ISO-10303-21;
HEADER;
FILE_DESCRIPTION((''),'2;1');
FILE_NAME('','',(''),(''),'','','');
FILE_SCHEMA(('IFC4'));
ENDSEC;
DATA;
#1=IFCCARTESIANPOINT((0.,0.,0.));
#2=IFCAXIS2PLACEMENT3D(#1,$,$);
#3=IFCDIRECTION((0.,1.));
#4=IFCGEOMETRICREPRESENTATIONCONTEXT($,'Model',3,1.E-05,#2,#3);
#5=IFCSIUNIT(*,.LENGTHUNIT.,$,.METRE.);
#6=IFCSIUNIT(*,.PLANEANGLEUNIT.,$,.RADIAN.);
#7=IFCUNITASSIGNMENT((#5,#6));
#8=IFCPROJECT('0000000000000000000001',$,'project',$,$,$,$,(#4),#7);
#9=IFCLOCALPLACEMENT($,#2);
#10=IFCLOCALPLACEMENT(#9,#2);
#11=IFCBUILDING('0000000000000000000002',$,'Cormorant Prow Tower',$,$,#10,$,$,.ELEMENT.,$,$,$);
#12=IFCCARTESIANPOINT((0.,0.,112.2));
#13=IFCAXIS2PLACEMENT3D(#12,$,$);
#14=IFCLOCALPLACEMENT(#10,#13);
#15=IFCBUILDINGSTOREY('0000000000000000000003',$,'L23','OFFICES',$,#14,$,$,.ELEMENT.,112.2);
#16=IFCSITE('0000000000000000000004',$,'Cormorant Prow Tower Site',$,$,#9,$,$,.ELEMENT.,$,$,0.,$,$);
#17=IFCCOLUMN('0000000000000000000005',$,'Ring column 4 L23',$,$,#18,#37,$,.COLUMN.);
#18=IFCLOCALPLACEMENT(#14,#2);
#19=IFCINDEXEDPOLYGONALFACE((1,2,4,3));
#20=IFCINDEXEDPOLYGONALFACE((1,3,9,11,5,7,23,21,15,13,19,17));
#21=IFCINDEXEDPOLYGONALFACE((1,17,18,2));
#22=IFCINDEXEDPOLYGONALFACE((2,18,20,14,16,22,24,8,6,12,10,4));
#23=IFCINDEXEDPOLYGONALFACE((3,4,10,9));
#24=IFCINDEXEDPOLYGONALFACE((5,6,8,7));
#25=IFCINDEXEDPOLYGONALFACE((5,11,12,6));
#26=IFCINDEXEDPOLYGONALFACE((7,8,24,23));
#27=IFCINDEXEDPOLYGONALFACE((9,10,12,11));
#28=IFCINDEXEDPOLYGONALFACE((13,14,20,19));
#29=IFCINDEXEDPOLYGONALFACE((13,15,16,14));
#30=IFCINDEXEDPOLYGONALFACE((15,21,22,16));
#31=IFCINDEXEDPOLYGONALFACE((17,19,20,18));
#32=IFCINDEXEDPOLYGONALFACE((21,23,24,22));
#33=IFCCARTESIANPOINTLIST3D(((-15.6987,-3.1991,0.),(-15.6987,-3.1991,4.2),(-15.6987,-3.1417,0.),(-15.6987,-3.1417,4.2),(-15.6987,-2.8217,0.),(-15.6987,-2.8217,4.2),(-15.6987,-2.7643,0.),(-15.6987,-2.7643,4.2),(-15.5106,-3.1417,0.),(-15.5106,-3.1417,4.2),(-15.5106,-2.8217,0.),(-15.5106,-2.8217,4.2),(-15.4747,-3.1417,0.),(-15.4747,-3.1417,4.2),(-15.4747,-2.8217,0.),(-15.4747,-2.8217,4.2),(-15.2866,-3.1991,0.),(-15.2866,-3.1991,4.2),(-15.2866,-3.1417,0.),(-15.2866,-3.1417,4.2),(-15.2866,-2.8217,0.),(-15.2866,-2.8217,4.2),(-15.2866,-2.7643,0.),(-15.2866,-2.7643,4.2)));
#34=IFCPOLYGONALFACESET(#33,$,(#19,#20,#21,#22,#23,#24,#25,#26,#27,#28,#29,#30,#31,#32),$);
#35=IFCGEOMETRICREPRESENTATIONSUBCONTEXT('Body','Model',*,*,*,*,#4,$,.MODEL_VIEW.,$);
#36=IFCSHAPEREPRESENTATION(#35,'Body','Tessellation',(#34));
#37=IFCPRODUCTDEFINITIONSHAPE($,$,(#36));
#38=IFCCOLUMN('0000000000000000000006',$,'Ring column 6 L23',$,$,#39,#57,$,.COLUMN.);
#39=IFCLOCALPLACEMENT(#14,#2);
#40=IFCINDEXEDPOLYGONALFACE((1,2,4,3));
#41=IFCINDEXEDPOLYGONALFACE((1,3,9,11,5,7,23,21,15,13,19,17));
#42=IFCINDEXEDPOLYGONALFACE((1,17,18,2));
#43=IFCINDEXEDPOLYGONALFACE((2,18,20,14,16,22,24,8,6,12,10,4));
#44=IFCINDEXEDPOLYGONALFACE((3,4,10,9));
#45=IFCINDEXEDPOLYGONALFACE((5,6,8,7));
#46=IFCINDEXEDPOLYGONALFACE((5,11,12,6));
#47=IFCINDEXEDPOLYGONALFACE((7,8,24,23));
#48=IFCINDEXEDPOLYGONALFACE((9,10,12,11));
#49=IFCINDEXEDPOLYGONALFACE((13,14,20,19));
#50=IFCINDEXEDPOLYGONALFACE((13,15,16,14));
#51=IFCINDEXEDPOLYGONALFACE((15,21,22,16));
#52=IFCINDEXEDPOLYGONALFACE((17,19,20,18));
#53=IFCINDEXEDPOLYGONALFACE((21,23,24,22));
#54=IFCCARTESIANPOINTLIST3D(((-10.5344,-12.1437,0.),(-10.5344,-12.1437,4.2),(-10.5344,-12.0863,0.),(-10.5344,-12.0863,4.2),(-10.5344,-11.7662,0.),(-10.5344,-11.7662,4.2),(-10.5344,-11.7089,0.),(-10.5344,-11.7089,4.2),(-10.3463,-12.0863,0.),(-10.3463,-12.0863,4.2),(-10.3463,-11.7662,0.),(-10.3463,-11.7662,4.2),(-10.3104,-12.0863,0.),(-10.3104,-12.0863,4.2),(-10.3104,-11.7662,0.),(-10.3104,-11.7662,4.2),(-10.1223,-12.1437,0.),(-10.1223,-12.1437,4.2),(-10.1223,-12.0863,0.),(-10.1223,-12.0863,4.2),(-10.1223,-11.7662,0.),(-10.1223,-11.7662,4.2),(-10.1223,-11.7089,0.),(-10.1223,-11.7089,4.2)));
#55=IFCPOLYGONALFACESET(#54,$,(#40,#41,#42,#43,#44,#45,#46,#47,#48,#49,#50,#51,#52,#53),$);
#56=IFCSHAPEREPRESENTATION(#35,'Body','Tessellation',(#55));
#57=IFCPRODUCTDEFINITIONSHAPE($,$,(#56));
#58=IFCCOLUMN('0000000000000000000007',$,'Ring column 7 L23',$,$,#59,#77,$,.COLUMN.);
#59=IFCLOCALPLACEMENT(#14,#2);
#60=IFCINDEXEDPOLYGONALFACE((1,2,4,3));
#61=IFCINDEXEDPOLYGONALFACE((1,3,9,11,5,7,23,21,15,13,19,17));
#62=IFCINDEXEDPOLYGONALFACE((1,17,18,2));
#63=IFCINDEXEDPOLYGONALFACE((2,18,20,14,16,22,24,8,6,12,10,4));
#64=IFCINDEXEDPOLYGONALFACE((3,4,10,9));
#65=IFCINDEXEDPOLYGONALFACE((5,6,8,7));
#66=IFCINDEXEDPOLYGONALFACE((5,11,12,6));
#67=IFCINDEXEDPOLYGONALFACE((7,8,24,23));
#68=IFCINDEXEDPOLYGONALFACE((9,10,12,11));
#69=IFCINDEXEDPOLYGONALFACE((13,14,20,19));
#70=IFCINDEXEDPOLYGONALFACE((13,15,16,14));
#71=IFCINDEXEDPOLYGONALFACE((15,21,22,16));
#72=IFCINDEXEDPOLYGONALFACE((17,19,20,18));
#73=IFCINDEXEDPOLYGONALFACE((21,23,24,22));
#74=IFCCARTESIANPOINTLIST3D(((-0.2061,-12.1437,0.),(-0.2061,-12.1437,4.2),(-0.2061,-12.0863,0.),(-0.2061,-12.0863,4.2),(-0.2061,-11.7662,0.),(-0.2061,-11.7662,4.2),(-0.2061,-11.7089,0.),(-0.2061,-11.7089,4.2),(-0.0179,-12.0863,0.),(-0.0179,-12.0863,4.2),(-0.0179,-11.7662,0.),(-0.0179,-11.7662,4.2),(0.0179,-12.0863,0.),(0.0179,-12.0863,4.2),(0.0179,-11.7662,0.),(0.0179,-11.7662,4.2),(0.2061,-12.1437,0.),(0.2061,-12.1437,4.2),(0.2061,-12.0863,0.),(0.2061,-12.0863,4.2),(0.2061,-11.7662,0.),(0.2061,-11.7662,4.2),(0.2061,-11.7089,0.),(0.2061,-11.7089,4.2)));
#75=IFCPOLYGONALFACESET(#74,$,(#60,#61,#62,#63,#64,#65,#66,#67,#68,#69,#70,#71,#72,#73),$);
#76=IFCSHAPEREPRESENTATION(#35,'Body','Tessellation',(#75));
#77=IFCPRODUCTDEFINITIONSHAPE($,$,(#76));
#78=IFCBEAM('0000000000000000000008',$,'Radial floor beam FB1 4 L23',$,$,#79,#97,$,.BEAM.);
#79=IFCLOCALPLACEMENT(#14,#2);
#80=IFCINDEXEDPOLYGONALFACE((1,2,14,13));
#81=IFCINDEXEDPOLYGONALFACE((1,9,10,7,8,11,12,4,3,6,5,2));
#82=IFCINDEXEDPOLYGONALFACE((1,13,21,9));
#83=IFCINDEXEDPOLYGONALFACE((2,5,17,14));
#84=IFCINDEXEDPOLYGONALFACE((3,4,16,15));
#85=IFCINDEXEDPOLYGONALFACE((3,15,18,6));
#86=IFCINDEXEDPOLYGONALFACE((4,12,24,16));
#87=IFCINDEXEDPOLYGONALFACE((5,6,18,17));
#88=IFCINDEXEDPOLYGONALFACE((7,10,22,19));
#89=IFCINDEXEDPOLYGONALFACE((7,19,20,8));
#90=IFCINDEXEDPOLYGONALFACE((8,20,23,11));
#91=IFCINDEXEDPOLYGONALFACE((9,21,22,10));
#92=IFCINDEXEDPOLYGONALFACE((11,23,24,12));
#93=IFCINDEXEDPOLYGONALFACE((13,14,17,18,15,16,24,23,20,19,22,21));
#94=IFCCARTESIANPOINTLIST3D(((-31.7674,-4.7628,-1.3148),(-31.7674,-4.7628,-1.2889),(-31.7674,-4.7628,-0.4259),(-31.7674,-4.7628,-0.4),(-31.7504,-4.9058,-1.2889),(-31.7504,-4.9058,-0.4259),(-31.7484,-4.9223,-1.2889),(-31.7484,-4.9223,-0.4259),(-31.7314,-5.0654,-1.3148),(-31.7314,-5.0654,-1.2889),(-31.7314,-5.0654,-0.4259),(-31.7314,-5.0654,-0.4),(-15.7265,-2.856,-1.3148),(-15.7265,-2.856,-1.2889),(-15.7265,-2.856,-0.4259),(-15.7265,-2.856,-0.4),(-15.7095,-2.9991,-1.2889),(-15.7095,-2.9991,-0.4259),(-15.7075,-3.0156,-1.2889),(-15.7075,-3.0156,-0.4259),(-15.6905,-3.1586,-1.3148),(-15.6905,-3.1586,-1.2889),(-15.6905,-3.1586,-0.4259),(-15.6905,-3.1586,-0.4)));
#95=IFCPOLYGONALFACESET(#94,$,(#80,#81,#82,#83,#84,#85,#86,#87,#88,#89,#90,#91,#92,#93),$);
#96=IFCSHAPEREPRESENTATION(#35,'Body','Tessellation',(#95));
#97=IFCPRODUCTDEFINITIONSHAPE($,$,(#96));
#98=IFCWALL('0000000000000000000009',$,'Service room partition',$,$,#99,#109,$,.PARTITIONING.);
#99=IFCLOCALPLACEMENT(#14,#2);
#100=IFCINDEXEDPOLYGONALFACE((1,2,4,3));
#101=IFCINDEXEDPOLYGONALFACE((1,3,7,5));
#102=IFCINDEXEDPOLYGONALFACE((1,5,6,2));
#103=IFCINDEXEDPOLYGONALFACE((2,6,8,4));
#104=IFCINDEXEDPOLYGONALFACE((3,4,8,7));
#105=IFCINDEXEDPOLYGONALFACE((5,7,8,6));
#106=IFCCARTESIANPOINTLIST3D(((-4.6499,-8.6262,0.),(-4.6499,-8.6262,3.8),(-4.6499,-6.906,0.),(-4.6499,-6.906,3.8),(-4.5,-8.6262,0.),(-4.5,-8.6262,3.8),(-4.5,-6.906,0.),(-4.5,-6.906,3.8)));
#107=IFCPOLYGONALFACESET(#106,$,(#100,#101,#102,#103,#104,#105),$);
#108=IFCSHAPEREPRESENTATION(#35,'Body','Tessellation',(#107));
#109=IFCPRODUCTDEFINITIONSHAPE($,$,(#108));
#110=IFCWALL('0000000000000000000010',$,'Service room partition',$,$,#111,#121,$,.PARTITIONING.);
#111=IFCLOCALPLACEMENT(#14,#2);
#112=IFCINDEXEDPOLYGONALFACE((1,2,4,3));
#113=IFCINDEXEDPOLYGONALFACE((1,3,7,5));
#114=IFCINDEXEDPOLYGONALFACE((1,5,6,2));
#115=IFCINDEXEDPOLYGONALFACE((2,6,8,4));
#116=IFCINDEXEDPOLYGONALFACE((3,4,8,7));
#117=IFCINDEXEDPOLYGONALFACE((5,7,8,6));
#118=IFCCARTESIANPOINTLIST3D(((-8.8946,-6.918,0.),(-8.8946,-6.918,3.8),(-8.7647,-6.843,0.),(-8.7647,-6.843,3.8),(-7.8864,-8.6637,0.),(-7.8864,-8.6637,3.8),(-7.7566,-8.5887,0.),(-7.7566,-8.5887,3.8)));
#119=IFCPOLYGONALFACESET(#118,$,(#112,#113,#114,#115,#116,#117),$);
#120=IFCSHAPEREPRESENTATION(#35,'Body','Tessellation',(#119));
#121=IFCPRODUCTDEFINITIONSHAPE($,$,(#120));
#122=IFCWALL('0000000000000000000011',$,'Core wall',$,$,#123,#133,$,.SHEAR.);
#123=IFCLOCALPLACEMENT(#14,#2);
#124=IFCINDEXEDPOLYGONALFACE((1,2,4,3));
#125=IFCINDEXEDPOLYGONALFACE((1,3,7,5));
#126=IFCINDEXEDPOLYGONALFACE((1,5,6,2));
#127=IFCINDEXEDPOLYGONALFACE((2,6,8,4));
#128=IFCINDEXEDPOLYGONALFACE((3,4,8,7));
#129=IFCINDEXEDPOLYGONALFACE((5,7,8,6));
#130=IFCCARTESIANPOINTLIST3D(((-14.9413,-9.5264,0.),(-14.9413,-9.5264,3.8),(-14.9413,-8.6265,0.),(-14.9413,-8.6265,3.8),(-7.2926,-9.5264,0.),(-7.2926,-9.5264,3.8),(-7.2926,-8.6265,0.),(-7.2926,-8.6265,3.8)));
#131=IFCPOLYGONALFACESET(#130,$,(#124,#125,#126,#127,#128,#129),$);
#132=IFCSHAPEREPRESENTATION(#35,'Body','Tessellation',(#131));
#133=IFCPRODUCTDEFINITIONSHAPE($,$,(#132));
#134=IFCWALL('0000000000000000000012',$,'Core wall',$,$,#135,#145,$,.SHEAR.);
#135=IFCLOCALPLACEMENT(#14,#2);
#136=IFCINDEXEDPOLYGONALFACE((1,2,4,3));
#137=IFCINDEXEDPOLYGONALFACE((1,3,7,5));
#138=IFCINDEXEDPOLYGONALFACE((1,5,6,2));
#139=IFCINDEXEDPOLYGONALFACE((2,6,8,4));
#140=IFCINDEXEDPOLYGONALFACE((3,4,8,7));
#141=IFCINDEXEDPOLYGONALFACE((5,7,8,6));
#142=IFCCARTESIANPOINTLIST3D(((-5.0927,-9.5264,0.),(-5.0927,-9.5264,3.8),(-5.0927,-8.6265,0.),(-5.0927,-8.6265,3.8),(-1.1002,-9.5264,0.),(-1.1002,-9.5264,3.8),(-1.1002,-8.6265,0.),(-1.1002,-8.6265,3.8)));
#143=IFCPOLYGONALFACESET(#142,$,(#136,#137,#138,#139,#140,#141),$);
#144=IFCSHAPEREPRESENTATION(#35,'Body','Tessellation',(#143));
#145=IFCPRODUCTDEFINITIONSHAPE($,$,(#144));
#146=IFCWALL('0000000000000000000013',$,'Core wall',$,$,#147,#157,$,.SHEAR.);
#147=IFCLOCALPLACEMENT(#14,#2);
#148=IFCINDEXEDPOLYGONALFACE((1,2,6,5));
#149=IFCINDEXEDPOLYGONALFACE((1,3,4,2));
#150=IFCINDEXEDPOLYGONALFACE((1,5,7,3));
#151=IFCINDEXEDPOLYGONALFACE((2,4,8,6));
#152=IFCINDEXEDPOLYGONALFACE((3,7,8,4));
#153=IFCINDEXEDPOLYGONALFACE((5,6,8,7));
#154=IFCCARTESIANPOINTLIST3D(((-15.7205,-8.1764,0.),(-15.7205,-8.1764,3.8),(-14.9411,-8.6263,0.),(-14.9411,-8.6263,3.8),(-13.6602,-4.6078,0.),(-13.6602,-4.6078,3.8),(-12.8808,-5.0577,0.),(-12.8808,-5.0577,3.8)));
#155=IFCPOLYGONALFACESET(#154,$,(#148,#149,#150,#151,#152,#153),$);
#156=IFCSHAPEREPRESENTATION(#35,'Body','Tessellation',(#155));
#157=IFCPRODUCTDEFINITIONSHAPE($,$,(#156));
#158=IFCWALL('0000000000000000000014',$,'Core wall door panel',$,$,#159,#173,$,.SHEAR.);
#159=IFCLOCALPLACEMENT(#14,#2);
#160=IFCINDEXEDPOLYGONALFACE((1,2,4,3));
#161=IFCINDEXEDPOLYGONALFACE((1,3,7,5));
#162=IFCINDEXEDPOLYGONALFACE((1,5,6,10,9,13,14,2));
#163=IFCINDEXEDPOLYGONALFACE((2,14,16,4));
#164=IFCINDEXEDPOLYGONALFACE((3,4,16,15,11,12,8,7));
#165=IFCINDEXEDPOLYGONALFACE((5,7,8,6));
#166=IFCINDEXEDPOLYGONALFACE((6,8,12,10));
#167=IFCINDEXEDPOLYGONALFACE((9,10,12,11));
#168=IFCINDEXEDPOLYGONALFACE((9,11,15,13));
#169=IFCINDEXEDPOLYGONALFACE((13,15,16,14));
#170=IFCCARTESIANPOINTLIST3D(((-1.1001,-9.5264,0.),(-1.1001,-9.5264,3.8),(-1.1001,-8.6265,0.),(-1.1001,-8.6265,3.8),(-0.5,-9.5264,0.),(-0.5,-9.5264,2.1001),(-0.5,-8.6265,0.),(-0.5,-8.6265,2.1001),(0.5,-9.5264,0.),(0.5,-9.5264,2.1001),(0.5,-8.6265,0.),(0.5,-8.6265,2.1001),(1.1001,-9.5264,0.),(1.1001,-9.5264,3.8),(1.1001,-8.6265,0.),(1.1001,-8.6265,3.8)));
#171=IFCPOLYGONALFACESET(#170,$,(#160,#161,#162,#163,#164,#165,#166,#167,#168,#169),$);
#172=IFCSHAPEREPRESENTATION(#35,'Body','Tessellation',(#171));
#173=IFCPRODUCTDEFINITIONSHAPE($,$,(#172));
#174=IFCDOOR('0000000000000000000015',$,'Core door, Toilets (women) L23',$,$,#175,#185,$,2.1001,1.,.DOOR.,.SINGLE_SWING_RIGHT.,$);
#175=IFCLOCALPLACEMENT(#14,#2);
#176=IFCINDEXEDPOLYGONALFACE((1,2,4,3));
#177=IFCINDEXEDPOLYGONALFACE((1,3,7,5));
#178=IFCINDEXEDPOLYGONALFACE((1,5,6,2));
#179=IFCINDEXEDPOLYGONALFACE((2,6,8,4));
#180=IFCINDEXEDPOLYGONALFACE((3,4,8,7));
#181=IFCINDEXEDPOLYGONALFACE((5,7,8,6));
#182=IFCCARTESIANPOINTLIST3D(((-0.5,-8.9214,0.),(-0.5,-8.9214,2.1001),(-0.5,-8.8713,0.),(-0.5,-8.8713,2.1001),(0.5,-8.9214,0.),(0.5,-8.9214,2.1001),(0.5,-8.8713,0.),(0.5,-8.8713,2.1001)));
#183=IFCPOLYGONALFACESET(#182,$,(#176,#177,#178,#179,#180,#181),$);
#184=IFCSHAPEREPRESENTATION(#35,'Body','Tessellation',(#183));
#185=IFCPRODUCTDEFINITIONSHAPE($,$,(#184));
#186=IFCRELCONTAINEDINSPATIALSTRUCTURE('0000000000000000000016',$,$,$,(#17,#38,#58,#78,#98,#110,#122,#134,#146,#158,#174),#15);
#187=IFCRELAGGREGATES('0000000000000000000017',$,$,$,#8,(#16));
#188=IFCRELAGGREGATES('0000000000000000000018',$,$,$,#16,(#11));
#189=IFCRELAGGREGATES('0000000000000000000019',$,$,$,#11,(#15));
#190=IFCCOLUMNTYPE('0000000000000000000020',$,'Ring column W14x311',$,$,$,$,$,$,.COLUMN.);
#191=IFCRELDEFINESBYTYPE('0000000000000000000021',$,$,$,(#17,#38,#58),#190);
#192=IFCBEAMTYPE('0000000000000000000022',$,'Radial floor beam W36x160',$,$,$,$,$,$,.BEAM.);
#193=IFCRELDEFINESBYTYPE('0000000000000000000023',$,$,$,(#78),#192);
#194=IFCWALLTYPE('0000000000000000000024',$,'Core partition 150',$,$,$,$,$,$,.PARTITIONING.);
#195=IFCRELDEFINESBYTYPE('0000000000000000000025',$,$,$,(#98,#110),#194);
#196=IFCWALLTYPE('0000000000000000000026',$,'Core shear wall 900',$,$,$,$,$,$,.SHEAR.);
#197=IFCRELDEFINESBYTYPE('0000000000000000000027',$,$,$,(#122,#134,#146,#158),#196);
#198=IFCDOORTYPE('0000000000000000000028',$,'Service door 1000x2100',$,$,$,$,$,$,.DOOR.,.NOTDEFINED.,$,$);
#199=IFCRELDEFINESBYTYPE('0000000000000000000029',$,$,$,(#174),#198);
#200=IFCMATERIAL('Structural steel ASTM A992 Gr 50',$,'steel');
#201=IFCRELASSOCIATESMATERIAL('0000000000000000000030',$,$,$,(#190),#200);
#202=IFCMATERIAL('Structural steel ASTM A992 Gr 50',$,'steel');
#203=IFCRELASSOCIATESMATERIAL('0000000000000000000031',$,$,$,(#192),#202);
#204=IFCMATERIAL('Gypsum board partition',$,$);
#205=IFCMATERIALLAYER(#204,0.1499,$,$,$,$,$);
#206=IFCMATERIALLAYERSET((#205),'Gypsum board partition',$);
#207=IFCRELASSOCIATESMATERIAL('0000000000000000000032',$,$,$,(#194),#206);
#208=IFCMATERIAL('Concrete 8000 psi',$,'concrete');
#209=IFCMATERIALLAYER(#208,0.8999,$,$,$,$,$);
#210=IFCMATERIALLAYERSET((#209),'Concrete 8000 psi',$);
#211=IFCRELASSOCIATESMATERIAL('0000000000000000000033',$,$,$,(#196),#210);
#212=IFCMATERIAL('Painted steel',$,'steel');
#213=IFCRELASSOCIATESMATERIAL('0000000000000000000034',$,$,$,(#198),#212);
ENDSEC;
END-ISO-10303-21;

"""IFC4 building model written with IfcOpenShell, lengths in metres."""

from ifc_helpers import new_model, si_unit, direction, frame, frame_2d, origin, origin_2d, place, context, subcontext, project, spatial, rectangle, i_section, extrude, material, layer, layer_set, material_profile, profile_set, type_object, element, fill, save


model = new_model("IFC4")

# Units and contexts
model_context = context("Model", 3, precision=1e-05, world=origin(), true_north=direction((0.0, 1.0)))
body_context = subcontext(model_context, "Body", "Model", "MODEL_VIEW")
ifc_project = project(units=[si_unit("LENGTHUNIT", "METRE"), si_unit("PLANEANGLEUNIT", "RADIAN")], contexts=[model_context])

# Site, building, storey
site_placement = place(None, origin())
site = spatial("IfcSite", under=ifc_project, at=site_placement, Name="Cormorant Prow Tower Site", CompositionType="ELEMENT", RefElevation=0.0)
building_placement = place(site_placement, origin())
building = spatial("IfcBuilding", under=site, at=building_placement, Name="Cormorant Prow Tower", CompositionType="ELEMENT")
storey_placement = place(building_placement, frame((0.0, 0.0, 112.2)))
storey = spatial("IfcBuildingStorey", under=building, at=storey_placement, Name="L23", Description="OFFICES", CompositionType="ELEMENT", Elevation=112.2)

# Columns
ifc_material_1 = material(Name="Structural steel ASTM A992 Gr 50", Category="steel")
ifc_material_profile_1 = material_profile(ifc_material_1, i_section(OverallWidth=0.4121, OverallDepth=0.4348, WebThickness=0.0359, FlangeThickness=0.0574, at=origin_2d()), Name="W14x311")
ifc_profile_set_1 = profile_set([ifc_material_profile_1], Name="Structural steel ASTM A992 Gr 50")
column_type = type_object("IfcColumnType", Name="Ring column W14x311", PredefinedType="COLUMN", material=ifc_profile_set_1)
for number, where, z_axis, x_axis, name in (
    (1, (-15.4927, -2.9817, 0.0), (0.0, 0.0, 1.0), (1.0, 0.0, 0.0), "Ring column 4 L23"),
    (2, (-10.3284, -11.9263, 0.0), (0.0, 0.0, 1.0), (1.0, 0.0, 0.0), "Ring column 6 L23"),
    (3, (0.0, -11.9263, 0.0), (0.0, 0.0, 1.0), (1.0, 0.0, 0.0), "Ring column 7 L23"),
):
    element("IfcColumn", number, at=place(storey_placement, frame(where, z_axis=z_axis, x_axis=x_axis)), inside=storey, type_object=column_type, Name=name, PredefinedType="COLUMN", context=body_context, shape_type="SweptSolid", body=[
        extrude(i_section(OverallWidth=0.4121, OverallDepth=0.4348, WebThickness=0.0359, FlangeThickness=0.0574, at=origin_2d()), origin(), (0.0, 0.0, 1.0), 4.2),
    ])

# Beam
ifc_material_2 = material(Name="Structural steel ASTM A992 Gr 50", Category="steel")
ifc_material_profile_2 = material_profile(ifc_material_2, i_section(OverallWidth=0.3047, OverallDepth=0.9148, WebThickness=0.0166, FlangeThickness=0.0259, at=origin_2d()), Name="W36x160")
ifc_profile_set_2 = profile_set([ifc_material_profile_2], Name="Structural steel ASTM A992 Gr 50")
beam_type = type_object("IfcBeamType", Name="Radial floor beam W36x160", PredefinedType="BEAM", material=ifc_profile_set_2)
beam_placement = place(storey_placement, frame((-15.7085, -3.0073, -0.8574), z_axis=(-0.993009, -0.118037, 0.0), x_axis=(0.118037, -0.993009, 0.0)))
element("IfcBeam", 4, at=beam_placement, inside=storey, type_object=beam_type, Name="Radial floor beam FB1 4 L23", PredefinedType="BEAM", context=body_context, shape_type="SweptSolid", body=[
    extrude(i_section(OverallWidth=0.3047, OverallDepth=0.9148, WebThickness=0.0166, FlangeThickness=0.0259, at=origin_2d()), origin(), (0.0, 0.0, 1.0), 16.1538),
])

# Walls
ifc_material_3 = material(Name="Gypsum board partition")
ifc_layer_1 = layer(ifc_material_3, 0.1499)
ifc_layer_set_1 = layer_set([ifc_layer_1], Name="Gypsum board partition")
wall_type_1 = type_object("IfcWallType", Name="Core partition 150", PredefinedType="PARTITIONING", material=ifc_layer_set_1)
wall_1_placement = place(storey_placement, frame((-4.575, -6.906, 0.0), z_axis=(0.0, 0.0, 1.0), x_axis=(0.0, -1.0, 0.0)))
element("IfcWall", 5, at=wall_1_placement, inside=storey, type_object=wall_type_1, Name="Service room partition", PredefinedType="PARTITIONING", context=body_context, shape_type="SweptSolid", body=[
    extrude(rectangle(XDim=1.7202, YDim=0.1499, at=frame_2d((0.8601, 0.0))), origin(), (0.0, 0.0, 1.0), 3.8),
])
wall_2_placement = place(storey_placement, frame((-8.8296, -6.8806, 0.0), z_axis=(0.0, 0.0, 1.0), x_axis=(0.500086, -0.865976, 0.0)))
element("IfcWall", 6, at=wall_2_placement, inside=storey, type_object=wall_type_1, Name="Service room partition", PredefinedType="PARTITIONING", context=body_context, shape_type="SweptSolid", body=[
    extrude(rectangle(XDim=2.0159, YDim=0.1499, at=frame_2d((1.0078, 0.0))), origin(), (0.0, 0.0, 1.0), 3.8),
])
ifc_material_4 = material(Name="Concrete 8000 psi", Category="concrete")
ifc_layer_2 = layer(ifc_material_4, 0.8999)
ifc_layer_set_2 = layer_set([ifc_layer_2], Name="Concrete 8000 psi")
wall_type_2 = type_object("IfcWallType", Name="Core shear wall 900", PredefinedType="SHEAR", material=ifc_layer_set_2)
wall_3_placement = place(storey_placement, frame((-14.9412, -9.0764, 0.0), z_axis=(0.0, 0.0, 1.0), x_axis=(1.0, 0.0, 0.0)))
element("IfcWall", 7, at=wall_3_placement, inside=storey, type_object=wall_type_2, Name="Core wall", PredefinedType="SHEAR", context=body_context, shape_type="SweptSolid", body=[
    extrude(rectangle(XDim=7.6487, YDim=0.8999, at=frame_2d((3.8242, 0.0))), origin(), (0.0, 0.0, 1.0), 3.8),
])
wall_4_placement = place(storey_placement, frame((-5.0925, -9.0764, 0.0), z_axis=(0.0, 0.0, 1.0), x_axis=(1.0, 0.0, 0.0)))
element("IfcWall", 8, at=wall_4_placement, inside=storey, type_object=wall_type_2, Name="Core wall", PredefinedType="SHEAR", context=body_context, shape_type="SweptSolid", body=[
    extrude(rectangle(XDim=3.9924, YDim=0.8999, at=frame_2d((1.9961, 0.0))), origin(), (0.0, 0.0, 1.0), 3.8),
])
wall_5_placement = place(storey_placement, frame((-13.2705, -4.8328, 0.0), z_axis=(0.0, 0.0, 1.0), x_axis=(-0.499994, -0.866029, 0.0)))
element("IfcWall", 9, at=wall_5_placement, inside=storey, type_object=wall_type_2, Name="Core wall", PredefinedType="SHEAR", context=body_context, shape_type="SweptSolid", body=[
    extrude(rectangle(XDim=4.1206, YDim=0.8999, at=frame_2d((2.0603, 0.0))), origin(), (0.0, 0.0, 1.0), 3.8),
])

# Wall, opening, door
wall_6_placement = place(storey_placement, frame((-1.1001, -9.0764, 0.0), z_axis=(0.0, 0.0, 1.0), x_axis=(1.0, 0.0, 0.0)))
wall_6 = element("IfcWall", 10, at=wall_6_placement, inside=storey, type_object=wall_type_2, Name="Core wall door panel", PredefinedType="SHEAR", context=body_context, shape_type="SweptSolid", body=[
    extrude(rectangle(XDim=2.2002, YDim=0.8999, at=frame_2d((1.1001, 0.0))), origin(), (0.0, 0.0, 1.0), 3.8),
])
opening_1_placement = place(wall_6_placement, frame((0.6001, 0.0, 0.0)))
opening_1 = element("IfcOpeningElement", 11, at=opening_1_placement, cuts=wall_6, PredefinedType="OPENING", context=body_context, shape_type="SweptSolid", body=[
    extrude(rectangle(XDim=1.0, YDim=2.1001, at=frame_2d((0.5, 1.05))), frame((0.0, 0.46, 0.0), z_axis=(0.0, -1.0, 0.0), x_axis=(1.0, 0.0, 0.0)), (0.0, 0.0, 1.0), 0.9199),
])
ifc_material_5 = material(Name="Painted steel", Category="steel")
door_type_1 = type_object("IfcDoorType", Name="Service door 1000x2100", OperationType="NOTDEFINED", PredefinedType="DOOR", material=ifc_material_5)
door_1_placement = place(opening_1_placement, origin())
door_1 = element("IfcDoor", 12, at=door_1_placement, inside=storey, type_object=door_type_1, Name="Core door, Toilets (women) L23", OperationType="SINGLE_SWING_RIGHT", OverallHeight=2.1001, OverallWidth=1.0, PredefinedType="DOOR", context=body_context, shape_type="SweptSolid", body=[
    extrude(rectangle(XDim=1.0, YDim=2.1001, at=frame_2d((0.5, 1.05))), frame((0.0, 0.2051, 0.0), z_axis=(0.0, -1.0, 0.0), x_axis=(1.0, 0.0, 0.0)), (0.0, 0.0, 1.0), 0.05),
])
fill(opening_1, door_1)

save(model, "model.ifc")
